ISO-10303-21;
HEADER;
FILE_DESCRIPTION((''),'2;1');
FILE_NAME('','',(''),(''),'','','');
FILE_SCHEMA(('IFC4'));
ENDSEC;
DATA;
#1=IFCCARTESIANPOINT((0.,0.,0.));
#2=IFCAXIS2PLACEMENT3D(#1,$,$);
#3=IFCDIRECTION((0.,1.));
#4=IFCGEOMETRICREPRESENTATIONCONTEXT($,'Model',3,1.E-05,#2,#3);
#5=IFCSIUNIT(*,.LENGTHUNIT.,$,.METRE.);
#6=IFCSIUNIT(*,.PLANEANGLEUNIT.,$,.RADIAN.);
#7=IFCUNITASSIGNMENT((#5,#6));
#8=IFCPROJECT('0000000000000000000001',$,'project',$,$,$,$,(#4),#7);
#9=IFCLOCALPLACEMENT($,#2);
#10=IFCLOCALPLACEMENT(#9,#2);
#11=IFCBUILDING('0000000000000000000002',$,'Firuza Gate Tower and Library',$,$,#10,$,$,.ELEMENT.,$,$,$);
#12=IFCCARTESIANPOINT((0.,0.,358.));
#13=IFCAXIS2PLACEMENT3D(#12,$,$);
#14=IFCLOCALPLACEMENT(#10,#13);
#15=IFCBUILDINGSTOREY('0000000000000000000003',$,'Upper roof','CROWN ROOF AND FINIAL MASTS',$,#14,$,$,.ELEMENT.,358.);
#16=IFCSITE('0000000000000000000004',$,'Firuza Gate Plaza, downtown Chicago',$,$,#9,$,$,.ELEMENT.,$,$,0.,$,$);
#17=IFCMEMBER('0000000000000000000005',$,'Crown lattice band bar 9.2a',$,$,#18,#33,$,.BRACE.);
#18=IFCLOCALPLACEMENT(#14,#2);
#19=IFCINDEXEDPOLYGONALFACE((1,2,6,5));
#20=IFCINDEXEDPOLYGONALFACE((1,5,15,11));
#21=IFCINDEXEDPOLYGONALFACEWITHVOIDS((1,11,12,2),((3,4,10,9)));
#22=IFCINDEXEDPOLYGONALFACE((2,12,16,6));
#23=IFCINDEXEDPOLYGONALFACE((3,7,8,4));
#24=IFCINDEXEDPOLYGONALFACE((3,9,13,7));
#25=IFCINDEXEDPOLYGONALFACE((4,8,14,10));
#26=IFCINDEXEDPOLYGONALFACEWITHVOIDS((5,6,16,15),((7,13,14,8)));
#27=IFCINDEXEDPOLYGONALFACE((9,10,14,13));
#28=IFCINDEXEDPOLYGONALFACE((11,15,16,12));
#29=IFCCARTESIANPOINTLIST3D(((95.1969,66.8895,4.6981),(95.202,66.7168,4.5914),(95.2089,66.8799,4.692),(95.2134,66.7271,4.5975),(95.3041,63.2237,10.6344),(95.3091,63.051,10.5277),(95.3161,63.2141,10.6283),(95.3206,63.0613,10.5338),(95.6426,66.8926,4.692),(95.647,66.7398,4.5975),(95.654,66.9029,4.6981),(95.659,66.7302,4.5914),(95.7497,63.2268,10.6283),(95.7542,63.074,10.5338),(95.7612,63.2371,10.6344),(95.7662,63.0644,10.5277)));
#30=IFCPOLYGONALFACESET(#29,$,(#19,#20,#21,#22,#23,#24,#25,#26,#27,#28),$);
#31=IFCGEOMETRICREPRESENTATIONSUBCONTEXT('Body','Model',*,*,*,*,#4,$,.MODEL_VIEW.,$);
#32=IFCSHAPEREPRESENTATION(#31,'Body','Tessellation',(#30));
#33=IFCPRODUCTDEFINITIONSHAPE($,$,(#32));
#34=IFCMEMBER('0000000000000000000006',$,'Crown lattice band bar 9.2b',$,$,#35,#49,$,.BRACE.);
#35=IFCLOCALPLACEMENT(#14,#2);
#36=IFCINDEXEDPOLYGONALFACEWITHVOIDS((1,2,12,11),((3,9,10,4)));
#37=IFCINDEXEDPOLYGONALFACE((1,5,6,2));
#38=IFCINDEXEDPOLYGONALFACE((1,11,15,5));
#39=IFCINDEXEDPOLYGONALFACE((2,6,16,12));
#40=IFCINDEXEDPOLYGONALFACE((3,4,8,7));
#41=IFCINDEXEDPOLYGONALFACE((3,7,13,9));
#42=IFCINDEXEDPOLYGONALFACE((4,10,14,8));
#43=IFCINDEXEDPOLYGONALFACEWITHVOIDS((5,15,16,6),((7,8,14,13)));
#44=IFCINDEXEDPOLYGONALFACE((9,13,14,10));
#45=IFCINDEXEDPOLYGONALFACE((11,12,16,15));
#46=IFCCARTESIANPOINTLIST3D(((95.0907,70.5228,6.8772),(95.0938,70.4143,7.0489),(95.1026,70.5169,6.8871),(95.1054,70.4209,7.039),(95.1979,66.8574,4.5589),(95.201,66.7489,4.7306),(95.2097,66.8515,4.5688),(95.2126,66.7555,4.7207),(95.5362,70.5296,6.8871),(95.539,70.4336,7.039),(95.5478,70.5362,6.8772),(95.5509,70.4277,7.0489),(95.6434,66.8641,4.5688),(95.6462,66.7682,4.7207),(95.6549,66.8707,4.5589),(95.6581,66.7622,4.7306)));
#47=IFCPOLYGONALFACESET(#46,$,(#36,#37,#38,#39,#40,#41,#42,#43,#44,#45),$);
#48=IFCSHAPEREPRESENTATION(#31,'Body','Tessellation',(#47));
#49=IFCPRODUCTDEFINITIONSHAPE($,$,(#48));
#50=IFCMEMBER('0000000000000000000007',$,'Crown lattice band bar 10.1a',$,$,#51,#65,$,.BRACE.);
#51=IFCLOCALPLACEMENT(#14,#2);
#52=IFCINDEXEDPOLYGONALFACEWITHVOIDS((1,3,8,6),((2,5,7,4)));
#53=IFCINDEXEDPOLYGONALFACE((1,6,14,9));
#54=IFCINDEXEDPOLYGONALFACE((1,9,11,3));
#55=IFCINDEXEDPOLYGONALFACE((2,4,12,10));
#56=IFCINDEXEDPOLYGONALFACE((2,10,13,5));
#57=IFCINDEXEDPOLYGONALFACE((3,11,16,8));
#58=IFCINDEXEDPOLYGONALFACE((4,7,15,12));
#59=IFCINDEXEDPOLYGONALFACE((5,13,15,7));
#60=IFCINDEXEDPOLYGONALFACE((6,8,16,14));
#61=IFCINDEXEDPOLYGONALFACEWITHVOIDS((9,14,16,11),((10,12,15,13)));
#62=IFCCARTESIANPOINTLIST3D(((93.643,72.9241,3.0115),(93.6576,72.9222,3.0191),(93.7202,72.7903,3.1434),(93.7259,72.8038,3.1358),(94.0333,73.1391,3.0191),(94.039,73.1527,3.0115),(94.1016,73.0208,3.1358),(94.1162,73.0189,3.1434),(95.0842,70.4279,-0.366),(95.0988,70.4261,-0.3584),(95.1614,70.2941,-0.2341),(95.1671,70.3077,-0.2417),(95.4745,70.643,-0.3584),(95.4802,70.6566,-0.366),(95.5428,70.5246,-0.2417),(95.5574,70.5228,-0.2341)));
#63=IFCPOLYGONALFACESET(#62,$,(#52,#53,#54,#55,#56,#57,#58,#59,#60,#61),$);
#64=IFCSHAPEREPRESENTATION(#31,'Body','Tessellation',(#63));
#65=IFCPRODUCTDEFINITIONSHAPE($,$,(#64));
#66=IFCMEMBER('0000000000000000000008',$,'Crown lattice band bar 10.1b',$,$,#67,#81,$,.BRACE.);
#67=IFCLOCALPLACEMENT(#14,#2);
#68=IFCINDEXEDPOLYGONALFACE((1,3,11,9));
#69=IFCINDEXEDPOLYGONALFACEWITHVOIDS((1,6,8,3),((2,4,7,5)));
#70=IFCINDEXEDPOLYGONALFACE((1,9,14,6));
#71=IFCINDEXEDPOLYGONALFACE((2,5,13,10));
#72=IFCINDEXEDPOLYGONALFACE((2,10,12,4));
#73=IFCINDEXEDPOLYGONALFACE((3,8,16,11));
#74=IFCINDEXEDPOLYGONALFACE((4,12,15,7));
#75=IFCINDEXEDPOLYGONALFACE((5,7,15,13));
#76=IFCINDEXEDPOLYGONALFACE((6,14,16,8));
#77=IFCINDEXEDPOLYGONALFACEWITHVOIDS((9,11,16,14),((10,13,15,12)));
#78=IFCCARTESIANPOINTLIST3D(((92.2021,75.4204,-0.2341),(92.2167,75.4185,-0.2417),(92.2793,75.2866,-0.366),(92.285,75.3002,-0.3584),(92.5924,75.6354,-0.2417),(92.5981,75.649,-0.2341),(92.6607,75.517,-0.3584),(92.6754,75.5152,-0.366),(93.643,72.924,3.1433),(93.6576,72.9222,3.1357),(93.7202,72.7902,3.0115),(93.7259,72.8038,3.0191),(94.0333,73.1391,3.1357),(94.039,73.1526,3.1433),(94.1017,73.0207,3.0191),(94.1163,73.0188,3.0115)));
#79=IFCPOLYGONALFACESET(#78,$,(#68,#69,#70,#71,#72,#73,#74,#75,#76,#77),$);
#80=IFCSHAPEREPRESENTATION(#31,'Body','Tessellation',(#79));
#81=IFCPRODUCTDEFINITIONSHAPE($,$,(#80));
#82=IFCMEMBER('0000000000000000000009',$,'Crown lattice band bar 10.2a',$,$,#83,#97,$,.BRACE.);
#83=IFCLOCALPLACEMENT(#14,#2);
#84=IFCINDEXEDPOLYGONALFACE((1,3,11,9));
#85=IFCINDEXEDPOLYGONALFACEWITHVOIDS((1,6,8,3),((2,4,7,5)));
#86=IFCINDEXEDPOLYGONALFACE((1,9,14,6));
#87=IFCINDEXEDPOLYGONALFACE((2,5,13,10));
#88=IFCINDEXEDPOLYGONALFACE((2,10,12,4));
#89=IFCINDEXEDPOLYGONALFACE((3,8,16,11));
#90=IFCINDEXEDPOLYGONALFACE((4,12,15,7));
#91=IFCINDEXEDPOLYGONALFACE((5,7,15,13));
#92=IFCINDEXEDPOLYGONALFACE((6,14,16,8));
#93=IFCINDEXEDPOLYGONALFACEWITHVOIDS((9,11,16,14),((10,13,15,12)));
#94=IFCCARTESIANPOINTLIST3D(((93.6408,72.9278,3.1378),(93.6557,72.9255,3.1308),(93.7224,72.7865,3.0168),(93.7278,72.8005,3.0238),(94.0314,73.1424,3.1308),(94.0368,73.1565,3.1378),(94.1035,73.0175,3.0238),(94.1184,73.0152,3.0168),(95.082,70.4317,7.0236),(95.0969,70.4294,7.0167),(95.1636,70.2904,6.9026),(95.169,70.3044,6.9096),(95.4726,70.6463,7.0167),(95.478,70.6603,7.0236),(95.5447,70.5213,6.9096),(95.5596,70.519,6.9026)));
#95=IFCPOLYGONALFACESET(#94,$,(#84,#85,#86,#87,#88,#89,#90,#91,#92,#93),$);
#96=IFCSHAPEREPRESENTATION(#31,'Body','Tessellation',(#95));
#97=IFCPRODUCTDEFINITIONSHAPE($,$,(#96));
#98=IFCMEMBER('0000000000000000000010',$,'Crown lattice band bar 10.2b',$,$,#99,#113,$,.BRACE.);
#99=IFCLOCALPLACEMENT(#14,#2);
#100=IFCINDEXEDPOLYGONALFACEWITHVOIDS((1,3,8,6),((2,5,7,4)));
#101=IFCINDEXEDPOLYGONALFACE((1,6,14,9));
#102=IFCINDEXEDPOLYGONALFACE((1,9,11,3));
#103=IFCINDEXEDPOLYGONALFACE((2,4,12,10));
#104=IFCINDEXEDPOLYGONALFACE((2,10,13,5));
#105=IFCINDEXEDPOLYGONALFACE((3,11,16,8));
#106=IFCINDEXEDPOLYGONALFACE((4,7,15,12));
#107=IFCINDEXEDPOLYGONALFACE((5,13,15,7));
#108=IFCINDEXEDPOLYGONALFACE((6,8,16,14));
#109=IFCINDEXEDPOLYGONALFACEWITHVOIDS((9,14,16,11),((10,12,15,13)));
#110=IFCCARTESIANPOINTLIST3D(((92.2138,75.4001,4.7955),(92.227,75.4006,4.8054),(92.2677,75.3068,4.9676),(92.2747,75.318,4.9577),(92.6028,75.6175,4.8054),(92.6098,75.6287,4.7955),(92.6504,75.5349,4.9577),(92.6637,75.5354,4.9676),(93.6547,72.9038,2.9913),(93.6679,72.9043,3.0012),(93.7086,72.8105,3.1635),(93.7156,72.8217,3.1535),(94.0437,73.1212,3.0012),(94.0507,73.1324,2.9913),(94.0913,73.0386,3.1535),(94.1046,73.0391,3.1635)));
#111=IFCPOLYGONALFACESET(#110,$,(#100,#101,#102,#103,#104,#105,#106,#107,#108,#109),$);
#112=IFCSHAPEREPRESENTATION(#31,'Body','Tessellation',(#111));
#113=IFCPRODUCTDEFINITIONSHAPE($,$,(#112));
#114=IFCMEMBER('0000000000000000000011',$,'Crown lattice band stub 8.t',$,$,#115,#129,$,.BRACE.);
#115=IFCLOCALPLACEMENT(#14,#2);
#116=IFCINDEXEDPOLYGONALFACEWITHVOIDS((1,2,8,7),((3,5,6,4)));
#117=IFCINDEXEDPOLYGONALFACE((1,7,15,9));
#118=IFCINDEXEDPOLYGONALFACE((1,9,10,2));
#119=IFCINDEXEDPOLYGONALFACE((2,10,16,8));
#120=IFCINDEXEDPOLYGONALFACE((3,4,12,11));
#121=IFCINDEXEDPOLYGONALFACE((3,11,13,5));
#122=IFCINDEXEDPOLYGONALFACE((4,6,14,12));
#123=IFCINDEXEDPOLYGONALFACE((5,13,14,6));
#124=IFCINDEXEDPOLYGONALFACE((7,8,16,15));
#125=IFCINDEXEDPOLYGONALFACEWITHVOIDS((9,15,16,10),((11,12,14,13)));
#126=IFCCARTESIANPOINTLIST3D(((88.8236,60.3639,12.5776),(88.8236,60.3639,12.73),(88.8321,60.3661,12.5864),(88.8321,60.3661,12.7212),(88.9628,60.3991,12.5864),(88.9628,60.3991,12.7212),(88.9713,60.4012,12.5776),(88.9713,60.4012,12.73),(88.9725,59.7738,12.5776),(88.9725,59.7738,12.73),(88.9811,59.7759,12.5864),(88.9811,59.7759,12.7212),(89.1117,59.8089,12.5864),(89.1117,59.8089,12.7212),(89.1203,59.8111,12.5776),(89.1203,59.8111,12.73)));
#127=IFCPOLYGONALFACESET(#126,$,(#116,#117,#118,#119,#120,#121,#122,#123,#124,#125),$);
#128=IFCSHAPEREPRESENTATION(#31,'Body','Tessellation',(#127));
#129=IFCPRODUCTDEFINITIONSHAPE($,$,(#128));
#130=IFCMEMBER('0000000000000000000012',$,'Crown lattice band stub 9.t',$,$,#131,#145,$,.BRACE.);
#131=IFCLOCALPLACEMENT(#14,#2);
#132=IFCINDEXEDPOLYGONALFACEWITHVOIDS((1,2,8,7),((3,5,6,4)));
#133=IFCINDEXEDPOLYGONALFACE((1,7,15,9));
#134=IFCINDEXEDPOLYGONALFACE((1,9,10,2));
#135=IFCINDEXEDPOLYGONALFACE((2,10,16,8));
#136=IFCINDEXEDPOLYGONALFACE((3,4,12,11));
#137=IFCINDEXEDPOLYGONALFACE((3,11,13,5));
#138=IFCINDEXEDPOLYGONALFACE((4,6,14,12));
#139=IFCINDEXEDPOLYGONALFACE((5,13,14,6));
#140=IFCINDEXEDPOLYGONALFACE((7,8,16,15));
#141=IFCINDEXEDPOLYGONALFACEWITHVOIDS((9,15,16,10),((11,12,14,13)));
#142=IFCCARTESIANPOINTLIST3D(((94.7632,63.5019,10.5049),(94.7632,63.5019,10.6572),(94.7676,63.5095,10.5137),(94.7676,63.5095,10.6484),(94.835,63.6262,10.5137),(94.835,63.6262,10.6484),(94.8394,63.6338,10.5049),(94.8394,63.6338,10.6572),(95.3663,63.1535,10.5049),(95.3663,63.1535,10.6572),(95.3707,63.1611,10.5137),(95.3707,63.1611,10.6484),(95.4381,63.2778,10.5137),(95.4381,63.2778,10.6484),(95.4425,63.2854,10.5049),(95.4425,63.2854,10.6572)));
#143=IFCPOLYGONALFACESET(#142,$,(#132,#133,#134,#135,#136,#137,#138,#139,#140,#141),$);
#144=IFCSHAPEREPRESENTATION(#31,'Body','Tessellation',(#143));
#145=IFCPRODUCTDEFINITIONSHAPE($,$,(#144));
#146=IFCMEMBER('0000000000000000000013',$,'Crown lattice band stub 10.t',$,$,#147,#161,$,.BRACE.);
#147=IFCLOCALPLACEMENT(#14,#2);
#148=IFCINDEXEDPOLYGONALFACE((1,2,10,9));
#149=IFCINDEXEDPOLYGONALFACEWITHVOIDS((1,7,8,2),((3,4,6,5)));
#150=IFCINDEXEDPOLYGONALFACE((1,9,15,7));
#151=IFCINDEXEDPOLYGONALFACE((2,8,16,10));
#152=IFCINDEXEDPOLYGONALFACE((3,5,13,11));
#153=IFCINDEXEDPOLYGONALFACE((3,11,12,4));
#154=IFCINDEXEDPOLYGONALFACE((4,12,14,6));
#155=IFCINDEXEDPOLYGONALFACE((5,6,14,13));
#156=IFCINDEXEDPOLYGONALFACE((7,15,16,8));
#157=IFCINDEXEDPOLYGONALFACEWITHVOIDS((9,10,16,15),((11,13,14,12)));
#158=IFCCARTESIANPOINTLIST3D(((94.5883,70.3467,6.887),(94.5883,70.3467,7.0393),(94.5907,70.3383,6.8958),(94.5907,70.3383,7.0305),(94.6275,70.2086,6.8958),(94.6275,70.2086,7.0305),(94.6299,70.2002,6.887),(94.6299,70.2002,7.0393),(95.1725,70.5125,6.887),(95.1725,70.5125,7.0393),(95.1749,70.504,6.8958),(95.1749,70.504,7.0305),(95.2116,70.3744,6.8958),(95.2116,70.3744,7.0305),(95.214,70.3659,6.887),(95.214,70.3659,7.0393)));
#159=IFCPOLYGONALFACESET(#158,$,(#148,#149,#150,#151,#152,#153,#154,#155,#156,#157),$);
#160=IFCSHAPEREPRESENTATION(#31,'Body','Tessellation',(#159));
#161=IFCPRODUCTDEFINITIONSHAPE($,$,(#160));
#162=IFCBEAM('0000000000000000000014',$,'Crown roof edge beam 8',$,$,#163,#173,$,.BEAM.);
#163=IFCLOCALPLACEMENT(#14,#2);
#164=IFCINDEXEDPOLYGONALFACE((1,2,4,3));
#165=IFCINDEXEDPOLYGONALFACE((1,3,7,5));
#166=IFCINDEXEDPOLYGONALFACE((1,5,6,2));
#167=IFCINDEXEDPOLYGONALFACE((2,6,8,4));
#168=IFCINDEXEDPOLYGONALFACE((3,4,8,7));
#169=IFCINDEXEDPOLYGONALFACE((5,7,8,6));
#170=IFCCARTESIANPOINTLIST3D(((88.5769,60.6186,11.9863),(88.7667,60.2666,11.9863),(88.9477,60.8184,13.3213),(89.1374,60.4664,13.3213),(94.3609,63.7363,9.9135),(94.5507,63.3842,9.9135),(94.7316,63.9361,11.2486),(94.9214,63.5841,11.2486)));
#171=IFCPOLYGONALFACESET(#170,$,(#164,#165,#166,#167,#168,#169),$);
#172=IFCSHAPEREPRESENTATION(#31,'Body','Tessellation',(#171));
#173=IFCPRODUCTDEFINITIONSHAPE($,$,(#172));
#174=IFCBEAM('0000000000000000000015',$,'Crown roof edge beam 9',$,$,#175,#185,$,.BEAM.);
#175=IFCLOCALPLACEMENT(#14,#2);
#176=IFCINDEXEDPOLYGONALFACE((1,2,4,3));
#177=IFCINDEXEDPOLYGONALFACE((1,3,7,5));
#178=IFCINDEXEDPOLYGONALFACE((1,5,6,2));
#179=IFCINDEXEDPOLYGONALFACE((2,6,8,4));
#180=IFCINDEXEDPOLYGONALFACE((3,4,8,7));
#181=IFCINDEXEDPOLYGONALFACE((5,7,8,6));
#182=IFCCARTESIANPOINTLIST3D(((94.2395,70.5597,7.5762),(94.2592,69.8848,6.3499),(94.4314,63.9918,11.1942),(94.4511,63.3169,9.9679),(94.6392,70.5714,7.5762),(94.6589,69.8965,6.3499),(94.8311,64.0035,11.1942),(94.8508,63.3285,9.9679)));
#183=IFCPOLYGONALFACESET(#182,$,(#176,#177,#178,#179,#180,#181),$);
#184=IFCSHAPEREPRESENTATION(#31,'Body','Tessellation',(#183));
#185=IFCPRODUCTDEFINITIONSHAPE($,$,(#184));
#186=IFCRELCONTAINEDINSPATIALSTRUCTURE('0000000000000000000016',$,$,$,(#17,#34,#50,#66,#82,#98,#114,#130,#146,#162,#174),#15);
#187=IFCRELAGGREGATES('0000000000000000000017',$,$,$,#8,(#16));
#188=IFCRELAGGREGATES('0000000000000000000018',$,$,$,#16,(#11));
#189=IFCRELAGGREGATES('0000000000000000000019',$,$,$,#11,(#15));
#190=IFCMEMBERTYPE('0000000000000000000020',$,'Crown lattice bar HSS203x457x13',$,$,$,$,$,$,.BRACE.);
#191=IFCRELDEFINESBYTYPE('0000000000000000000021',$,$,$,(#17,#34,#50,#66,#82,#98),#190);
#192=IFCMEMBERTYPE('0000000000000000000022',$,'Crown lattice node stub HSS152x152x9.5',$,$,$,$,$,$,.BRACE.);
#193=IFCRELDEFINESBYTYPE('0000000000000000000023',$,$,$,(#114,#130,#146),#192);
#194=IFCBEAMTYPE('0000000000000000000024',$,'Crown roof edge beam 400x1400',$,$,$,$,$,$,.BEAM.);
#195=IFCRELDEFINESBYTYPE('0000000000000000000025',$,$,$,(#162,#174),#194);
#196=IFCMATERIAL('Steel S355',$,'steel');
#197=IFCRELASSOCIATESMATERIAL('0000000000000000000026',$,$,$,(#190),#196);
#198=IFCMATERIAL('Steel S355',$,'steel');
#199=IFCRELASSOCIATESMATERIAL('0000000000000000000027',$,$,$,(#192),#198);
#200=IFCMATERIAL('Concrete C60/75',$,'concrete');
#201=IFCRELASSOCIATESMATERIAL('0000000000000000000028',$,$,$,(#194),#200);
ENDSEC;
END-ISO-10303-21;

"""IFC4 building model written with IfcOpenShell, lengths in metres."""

from ifc_helpers import new_model, si_unit, direction, frame, origin, origin_2d, place, context, subcontext, project, spatial, rectangle, hollow_rectangle, extrude, material, material_profile, profile_set, type_object, element, save


model = new_model("IFC4")

# Units and contexts
model_context = context("Model", 3, precision=1e-05, world=origin(), true_north=direction((0.0, 1.0)))
body_context = subcontext(model_context, "Body", "Model", "MODEL_VIEW")
ifc_project = project(units=[si_unit("LENGTHUNIT", "METRE"), si_unit("PLANEANGLEUNIT", "RADIAN")], contexts=[model_context])

# Site, building, storey
site_placement = place(None, origin())
site = spatial("IfcSite", under=ifc_project, at=site_placement, Name="Firuza Gate Plaza, downtown Chicago", CompositionType="ELEMENT", RefElevation=0.0)
building_placement = place(site_placement, origin())
building = spatial("IfcBuilding", under=site, at=building_placement, Name="Firuza Gate Tower and Library", CompositionType="ELEMENT")
storey_placement = place(building_placement, frame((0.0, 0.0, 358.0)))
storey = spatial("IfcBuildingStorey", under=building, at=storey_placement, Name="Upper roof", Description="CROWN ROOF AND FINIAL MASTS", CompositionType="ELEMENT", Elevation=358.0)

# Members
ifc_material_1 = material(Name="Steel S355", Category="steel")
ifc_material_profile_1 = material_profile(ifc_material_1, hollow_rectangle(XDim=0.4573, YDim=0.2031, WallThickness=0.0117, at=origin_2d()))
ifc_profile_set_1 = profile_set([ifc_material_profile_1], Name="Steel S355")
member_type_1 = type_object("IfcMemberType", Name="Crown lattice bar HSS203x457x13", PredefinedType="BRACE", material=ifc_profile_set_1)
member_1_placement = place(storey_placement, frame((95.5352, 63.144, 10.5811), z_axis=(-0.01536, 0.525353, -0.850746), x_axis=(-0.999573, -0.029225, 0.0)))
element("IfcMember", 1, at=member_1_placement, inside=storey, type_object=member_type_1, Name="Crown lattice band bar 9.2a", PredefinedType="BRACE", context=body_context, shape_type="SweptSolid", body=[
    extrude(hollow_rectangle(XDim=0.4573, YDim=0.2031, WallThickness=0.0117, at=origin_2d()), origin(), (0.0, 0.0, 1.0), 6.9778),
])
member_2_placement = place(storey_placement, frame((95.428, 66.8098, 4.6448), z_axis=(-0.024704, 0.844888, 0.534372), x_axis=(-0.999573, -0.029227, 0.0)))
element("IfcMember", 2, at=member_2_placement, inside=storey, type_object=member_type_1, Name="Crown lattice band bar 9.2b", PredefinedType="BRACE", context=body_context, shape_type="SweptSolid", body=[
    extrude(hollow_rectangle(XDim=0.4573, YDim=0.2031, WallThickness=0.0117, at=origin_2d()), origin(), (0.0, 0.0, 1.0), 4.3384),
])
for number, where, z_axis, x_axis, name in (
    (3, (95.3208, 70.4753, -0.3), (-0.324578, 0.56217, 0.760667), (-0.866019, -0.500011, 0.0), "Crown lattice band bar 10.1a"),
    (4, (93.8796, 72.9714, 3.0774), (-0.324519, 0.562217, -0.760657), (-0.866077, -0.499911, 0.0), "Crown lattice band bar 10.1b"),
):
    element("IfcMember", number, at=place(storey_placement, frame(where, z_axis=z_axis, x_axis=x_axis)), inside=storey, type_object=member_type_1, Name=name, PredefinedType="BRACE", context=body_context, shape_type="SweptSolid", body=[
        extrude(hollow_rectangle(XDim=0.4573, YDim=0.2031, WallThickness=0.0117, at=origin_2d()), origin(), (0.0, 0.0, 1.0), 4.4402),
    ])
member_3_placement = place(storey_placement, frame((95.3208, 70.4753, 6.9631), z_axis=(-0.297883, 0.515933, -0.803168), x_axis=(-0.866019, -0.500011, 0.0)))
element("IfcMember", 5, at=member_3_placement, inside=storey, type_object=member_type_1, Name="Crown lattice band bar 10.2a", PredefinedType="BRACE", context=body_context, shape_type="SweptSolid", body=[
    extrude(hollow_rectangle(XDim=0.4573, YDim=0.2031, WallThickness=0.0117, at=origin_2d()), origin(), (0.0, 0.0, 1.0), 4.8381),
])
member_4_placement = place(storey_placement, frame((93.8796, 72.9714, 3.0774), z_axis=(-0.423743, 0.734119, 0.530576), x_axis=(-0.866077, -0.499911, 0.0)))
element("IfcMember", 6, at=member_4_placement, inside=storey, type_object=member_type_1, Name="Crown lattice band bar 10.2b", PredefinedType="BRACE", context=body_context, shape_type="SweptSolid", body=[
    extrude(hollow_rectangle(XDim=0.4573, YDim=0.2031, WallThickness=0.0117, at=origin_2d()), origin(), (0.0, 0.0, 1.0), 3.4004),
])
ifc_material_2 = material(Name="Steel S355", Category="steel")
ifc_material_profile_2 = material_profile(ifc_material_2, hollow_rectangle(XDim=0.1523, YDim=0.1523, WallThickness=0.0088, at=origin_2d()))
ifc_profile_set_2 = profile_set([ifc_material_profile_2], Name="Steel S355")
member_type_2 = type_object("IfcMemberType", Name="Crown lattice node stub HSS152x152x9.5", PredefinedType="BRACE", material=ifc_profile_set_2)
member_5_placement = place(storey_placement, frame((88.8975, 60.3826, 12.6538), z_axis=(0.244706, -0.969597, 0.0), x_axis=(0.969597, 0.244706, 0.0)))
element("IfcMember", 7, at=member_5_placement, inside=storey, type_object=member_type_2, Name="Crown lattice band stub 8.t", PredefinedType="BRACE", context=body_context, shape_type="SweptSolid", body=[
    extrude(hollow_rectangle(XDim=0.1523, YDim=0.1523, WallThickness=0.0088, at=origin_2d()), origin(), (0.0, 0.0, 1.0), 0.6086),
])
member_6_placement = place(storey_placement, frame((94.8013, 63.5679, 10.5811), z_axis=(0.865882, -0.500248, 0.0), x_axis=(0.500248, 0.865882, 0.0)))
element("IfcMember", 8, at=member_6_placement, inside=storey, type_object=member_type_2, Name="Crown lattice band stub 9.t", PredefinedType="BRACE", context=body_context, shape_type="SweptSolid", body=[
    extrude(hollow_rectangle(XDim=0.1523, YDim=0.1523, WallThickness=0.0088, at=origin_2d()), origin(), (0.0, 0.0, 1.0), 0.6965),
])
member_7_placement = place(storey_placement, frame((94.6091, 70.2734, 6.9631), z_axis=(0.962023, 0.272968, 0.0), x_axis=(-0.272968, 0.962023, 0.0)))
element("IfcMember", 9, at=member_7_placement, inside=storey, type_object=member_type_2, Name="Crown lattice band stub 10.t", PredefinedType="BRACE", context=body_context, shape_type="SweptSolid", body=[
    extrude(hollow_rectangle(XDim=0.1523, YDim=0.1523, WallThickness=0.0088, at=origin_2d()), origin(), (0.0, 0.0, 1.0), 0.6072),
])

# Beams
ifc_material_3 = material(Name="Concrete C60/75", Category="concrete")
ifc_material_profile_3 = material_profile(ifc_material_3, rectangle(XDim=0.3999, YDim=1.3999, at=origin_2d()))
ifc_profile_set_3 = profile_set([ifc_material_profile_3], Name="Concrete C60/75")
beam_type_1 = type_object("IfcBeamType", Name="Crown roof edge beam 400x1400", PredefinedType="BEAM", material=ifc_profile_set_3)
beam_1_placement = place(storey_placement, frame((88.8572, 60.5425, 12.6538), z_axis=(0.839486, 0.452502, -0.300841), x_axis=(-0.474483, 0.880265, 0.0)))
element("IfcBeam", 10, at=beam_1_placement, inside=storey, type_object=beam_type_1, Name="Crown roof edge beam 8", PredefinedType="BEAM", context=body_context, shape_type="SweptSolid", body=[
    extrude(rectangle(XDim=0.3999, YDim=1.3999, at=origin_2d()), origin(), (0.0, 0.0, 1.0), 6.8899),
])
beam_2_placement = place(storey_placement, frame((94.6411, 63.6602, 10.5811), z_axis=(-0.025583, 0.875614, -0.482333), x_axis=(-0.999573, -0.029205, 0.0)))
element("IfcBeam", 11, at=beam_2_placement, inside=storey, type_object=beam_type_1, Name="Crown roof edge beam 9", PredefinedType="BEAM", context=body_context, shape_type="SweptSolid", body=[
    extrude(rectangle(XDim=0.3999, YDim=1.3999, at=origin_2d()), origin(), (0.0, 0.0, 1.0), 7.501),
])

save(model, "model.ifc")
